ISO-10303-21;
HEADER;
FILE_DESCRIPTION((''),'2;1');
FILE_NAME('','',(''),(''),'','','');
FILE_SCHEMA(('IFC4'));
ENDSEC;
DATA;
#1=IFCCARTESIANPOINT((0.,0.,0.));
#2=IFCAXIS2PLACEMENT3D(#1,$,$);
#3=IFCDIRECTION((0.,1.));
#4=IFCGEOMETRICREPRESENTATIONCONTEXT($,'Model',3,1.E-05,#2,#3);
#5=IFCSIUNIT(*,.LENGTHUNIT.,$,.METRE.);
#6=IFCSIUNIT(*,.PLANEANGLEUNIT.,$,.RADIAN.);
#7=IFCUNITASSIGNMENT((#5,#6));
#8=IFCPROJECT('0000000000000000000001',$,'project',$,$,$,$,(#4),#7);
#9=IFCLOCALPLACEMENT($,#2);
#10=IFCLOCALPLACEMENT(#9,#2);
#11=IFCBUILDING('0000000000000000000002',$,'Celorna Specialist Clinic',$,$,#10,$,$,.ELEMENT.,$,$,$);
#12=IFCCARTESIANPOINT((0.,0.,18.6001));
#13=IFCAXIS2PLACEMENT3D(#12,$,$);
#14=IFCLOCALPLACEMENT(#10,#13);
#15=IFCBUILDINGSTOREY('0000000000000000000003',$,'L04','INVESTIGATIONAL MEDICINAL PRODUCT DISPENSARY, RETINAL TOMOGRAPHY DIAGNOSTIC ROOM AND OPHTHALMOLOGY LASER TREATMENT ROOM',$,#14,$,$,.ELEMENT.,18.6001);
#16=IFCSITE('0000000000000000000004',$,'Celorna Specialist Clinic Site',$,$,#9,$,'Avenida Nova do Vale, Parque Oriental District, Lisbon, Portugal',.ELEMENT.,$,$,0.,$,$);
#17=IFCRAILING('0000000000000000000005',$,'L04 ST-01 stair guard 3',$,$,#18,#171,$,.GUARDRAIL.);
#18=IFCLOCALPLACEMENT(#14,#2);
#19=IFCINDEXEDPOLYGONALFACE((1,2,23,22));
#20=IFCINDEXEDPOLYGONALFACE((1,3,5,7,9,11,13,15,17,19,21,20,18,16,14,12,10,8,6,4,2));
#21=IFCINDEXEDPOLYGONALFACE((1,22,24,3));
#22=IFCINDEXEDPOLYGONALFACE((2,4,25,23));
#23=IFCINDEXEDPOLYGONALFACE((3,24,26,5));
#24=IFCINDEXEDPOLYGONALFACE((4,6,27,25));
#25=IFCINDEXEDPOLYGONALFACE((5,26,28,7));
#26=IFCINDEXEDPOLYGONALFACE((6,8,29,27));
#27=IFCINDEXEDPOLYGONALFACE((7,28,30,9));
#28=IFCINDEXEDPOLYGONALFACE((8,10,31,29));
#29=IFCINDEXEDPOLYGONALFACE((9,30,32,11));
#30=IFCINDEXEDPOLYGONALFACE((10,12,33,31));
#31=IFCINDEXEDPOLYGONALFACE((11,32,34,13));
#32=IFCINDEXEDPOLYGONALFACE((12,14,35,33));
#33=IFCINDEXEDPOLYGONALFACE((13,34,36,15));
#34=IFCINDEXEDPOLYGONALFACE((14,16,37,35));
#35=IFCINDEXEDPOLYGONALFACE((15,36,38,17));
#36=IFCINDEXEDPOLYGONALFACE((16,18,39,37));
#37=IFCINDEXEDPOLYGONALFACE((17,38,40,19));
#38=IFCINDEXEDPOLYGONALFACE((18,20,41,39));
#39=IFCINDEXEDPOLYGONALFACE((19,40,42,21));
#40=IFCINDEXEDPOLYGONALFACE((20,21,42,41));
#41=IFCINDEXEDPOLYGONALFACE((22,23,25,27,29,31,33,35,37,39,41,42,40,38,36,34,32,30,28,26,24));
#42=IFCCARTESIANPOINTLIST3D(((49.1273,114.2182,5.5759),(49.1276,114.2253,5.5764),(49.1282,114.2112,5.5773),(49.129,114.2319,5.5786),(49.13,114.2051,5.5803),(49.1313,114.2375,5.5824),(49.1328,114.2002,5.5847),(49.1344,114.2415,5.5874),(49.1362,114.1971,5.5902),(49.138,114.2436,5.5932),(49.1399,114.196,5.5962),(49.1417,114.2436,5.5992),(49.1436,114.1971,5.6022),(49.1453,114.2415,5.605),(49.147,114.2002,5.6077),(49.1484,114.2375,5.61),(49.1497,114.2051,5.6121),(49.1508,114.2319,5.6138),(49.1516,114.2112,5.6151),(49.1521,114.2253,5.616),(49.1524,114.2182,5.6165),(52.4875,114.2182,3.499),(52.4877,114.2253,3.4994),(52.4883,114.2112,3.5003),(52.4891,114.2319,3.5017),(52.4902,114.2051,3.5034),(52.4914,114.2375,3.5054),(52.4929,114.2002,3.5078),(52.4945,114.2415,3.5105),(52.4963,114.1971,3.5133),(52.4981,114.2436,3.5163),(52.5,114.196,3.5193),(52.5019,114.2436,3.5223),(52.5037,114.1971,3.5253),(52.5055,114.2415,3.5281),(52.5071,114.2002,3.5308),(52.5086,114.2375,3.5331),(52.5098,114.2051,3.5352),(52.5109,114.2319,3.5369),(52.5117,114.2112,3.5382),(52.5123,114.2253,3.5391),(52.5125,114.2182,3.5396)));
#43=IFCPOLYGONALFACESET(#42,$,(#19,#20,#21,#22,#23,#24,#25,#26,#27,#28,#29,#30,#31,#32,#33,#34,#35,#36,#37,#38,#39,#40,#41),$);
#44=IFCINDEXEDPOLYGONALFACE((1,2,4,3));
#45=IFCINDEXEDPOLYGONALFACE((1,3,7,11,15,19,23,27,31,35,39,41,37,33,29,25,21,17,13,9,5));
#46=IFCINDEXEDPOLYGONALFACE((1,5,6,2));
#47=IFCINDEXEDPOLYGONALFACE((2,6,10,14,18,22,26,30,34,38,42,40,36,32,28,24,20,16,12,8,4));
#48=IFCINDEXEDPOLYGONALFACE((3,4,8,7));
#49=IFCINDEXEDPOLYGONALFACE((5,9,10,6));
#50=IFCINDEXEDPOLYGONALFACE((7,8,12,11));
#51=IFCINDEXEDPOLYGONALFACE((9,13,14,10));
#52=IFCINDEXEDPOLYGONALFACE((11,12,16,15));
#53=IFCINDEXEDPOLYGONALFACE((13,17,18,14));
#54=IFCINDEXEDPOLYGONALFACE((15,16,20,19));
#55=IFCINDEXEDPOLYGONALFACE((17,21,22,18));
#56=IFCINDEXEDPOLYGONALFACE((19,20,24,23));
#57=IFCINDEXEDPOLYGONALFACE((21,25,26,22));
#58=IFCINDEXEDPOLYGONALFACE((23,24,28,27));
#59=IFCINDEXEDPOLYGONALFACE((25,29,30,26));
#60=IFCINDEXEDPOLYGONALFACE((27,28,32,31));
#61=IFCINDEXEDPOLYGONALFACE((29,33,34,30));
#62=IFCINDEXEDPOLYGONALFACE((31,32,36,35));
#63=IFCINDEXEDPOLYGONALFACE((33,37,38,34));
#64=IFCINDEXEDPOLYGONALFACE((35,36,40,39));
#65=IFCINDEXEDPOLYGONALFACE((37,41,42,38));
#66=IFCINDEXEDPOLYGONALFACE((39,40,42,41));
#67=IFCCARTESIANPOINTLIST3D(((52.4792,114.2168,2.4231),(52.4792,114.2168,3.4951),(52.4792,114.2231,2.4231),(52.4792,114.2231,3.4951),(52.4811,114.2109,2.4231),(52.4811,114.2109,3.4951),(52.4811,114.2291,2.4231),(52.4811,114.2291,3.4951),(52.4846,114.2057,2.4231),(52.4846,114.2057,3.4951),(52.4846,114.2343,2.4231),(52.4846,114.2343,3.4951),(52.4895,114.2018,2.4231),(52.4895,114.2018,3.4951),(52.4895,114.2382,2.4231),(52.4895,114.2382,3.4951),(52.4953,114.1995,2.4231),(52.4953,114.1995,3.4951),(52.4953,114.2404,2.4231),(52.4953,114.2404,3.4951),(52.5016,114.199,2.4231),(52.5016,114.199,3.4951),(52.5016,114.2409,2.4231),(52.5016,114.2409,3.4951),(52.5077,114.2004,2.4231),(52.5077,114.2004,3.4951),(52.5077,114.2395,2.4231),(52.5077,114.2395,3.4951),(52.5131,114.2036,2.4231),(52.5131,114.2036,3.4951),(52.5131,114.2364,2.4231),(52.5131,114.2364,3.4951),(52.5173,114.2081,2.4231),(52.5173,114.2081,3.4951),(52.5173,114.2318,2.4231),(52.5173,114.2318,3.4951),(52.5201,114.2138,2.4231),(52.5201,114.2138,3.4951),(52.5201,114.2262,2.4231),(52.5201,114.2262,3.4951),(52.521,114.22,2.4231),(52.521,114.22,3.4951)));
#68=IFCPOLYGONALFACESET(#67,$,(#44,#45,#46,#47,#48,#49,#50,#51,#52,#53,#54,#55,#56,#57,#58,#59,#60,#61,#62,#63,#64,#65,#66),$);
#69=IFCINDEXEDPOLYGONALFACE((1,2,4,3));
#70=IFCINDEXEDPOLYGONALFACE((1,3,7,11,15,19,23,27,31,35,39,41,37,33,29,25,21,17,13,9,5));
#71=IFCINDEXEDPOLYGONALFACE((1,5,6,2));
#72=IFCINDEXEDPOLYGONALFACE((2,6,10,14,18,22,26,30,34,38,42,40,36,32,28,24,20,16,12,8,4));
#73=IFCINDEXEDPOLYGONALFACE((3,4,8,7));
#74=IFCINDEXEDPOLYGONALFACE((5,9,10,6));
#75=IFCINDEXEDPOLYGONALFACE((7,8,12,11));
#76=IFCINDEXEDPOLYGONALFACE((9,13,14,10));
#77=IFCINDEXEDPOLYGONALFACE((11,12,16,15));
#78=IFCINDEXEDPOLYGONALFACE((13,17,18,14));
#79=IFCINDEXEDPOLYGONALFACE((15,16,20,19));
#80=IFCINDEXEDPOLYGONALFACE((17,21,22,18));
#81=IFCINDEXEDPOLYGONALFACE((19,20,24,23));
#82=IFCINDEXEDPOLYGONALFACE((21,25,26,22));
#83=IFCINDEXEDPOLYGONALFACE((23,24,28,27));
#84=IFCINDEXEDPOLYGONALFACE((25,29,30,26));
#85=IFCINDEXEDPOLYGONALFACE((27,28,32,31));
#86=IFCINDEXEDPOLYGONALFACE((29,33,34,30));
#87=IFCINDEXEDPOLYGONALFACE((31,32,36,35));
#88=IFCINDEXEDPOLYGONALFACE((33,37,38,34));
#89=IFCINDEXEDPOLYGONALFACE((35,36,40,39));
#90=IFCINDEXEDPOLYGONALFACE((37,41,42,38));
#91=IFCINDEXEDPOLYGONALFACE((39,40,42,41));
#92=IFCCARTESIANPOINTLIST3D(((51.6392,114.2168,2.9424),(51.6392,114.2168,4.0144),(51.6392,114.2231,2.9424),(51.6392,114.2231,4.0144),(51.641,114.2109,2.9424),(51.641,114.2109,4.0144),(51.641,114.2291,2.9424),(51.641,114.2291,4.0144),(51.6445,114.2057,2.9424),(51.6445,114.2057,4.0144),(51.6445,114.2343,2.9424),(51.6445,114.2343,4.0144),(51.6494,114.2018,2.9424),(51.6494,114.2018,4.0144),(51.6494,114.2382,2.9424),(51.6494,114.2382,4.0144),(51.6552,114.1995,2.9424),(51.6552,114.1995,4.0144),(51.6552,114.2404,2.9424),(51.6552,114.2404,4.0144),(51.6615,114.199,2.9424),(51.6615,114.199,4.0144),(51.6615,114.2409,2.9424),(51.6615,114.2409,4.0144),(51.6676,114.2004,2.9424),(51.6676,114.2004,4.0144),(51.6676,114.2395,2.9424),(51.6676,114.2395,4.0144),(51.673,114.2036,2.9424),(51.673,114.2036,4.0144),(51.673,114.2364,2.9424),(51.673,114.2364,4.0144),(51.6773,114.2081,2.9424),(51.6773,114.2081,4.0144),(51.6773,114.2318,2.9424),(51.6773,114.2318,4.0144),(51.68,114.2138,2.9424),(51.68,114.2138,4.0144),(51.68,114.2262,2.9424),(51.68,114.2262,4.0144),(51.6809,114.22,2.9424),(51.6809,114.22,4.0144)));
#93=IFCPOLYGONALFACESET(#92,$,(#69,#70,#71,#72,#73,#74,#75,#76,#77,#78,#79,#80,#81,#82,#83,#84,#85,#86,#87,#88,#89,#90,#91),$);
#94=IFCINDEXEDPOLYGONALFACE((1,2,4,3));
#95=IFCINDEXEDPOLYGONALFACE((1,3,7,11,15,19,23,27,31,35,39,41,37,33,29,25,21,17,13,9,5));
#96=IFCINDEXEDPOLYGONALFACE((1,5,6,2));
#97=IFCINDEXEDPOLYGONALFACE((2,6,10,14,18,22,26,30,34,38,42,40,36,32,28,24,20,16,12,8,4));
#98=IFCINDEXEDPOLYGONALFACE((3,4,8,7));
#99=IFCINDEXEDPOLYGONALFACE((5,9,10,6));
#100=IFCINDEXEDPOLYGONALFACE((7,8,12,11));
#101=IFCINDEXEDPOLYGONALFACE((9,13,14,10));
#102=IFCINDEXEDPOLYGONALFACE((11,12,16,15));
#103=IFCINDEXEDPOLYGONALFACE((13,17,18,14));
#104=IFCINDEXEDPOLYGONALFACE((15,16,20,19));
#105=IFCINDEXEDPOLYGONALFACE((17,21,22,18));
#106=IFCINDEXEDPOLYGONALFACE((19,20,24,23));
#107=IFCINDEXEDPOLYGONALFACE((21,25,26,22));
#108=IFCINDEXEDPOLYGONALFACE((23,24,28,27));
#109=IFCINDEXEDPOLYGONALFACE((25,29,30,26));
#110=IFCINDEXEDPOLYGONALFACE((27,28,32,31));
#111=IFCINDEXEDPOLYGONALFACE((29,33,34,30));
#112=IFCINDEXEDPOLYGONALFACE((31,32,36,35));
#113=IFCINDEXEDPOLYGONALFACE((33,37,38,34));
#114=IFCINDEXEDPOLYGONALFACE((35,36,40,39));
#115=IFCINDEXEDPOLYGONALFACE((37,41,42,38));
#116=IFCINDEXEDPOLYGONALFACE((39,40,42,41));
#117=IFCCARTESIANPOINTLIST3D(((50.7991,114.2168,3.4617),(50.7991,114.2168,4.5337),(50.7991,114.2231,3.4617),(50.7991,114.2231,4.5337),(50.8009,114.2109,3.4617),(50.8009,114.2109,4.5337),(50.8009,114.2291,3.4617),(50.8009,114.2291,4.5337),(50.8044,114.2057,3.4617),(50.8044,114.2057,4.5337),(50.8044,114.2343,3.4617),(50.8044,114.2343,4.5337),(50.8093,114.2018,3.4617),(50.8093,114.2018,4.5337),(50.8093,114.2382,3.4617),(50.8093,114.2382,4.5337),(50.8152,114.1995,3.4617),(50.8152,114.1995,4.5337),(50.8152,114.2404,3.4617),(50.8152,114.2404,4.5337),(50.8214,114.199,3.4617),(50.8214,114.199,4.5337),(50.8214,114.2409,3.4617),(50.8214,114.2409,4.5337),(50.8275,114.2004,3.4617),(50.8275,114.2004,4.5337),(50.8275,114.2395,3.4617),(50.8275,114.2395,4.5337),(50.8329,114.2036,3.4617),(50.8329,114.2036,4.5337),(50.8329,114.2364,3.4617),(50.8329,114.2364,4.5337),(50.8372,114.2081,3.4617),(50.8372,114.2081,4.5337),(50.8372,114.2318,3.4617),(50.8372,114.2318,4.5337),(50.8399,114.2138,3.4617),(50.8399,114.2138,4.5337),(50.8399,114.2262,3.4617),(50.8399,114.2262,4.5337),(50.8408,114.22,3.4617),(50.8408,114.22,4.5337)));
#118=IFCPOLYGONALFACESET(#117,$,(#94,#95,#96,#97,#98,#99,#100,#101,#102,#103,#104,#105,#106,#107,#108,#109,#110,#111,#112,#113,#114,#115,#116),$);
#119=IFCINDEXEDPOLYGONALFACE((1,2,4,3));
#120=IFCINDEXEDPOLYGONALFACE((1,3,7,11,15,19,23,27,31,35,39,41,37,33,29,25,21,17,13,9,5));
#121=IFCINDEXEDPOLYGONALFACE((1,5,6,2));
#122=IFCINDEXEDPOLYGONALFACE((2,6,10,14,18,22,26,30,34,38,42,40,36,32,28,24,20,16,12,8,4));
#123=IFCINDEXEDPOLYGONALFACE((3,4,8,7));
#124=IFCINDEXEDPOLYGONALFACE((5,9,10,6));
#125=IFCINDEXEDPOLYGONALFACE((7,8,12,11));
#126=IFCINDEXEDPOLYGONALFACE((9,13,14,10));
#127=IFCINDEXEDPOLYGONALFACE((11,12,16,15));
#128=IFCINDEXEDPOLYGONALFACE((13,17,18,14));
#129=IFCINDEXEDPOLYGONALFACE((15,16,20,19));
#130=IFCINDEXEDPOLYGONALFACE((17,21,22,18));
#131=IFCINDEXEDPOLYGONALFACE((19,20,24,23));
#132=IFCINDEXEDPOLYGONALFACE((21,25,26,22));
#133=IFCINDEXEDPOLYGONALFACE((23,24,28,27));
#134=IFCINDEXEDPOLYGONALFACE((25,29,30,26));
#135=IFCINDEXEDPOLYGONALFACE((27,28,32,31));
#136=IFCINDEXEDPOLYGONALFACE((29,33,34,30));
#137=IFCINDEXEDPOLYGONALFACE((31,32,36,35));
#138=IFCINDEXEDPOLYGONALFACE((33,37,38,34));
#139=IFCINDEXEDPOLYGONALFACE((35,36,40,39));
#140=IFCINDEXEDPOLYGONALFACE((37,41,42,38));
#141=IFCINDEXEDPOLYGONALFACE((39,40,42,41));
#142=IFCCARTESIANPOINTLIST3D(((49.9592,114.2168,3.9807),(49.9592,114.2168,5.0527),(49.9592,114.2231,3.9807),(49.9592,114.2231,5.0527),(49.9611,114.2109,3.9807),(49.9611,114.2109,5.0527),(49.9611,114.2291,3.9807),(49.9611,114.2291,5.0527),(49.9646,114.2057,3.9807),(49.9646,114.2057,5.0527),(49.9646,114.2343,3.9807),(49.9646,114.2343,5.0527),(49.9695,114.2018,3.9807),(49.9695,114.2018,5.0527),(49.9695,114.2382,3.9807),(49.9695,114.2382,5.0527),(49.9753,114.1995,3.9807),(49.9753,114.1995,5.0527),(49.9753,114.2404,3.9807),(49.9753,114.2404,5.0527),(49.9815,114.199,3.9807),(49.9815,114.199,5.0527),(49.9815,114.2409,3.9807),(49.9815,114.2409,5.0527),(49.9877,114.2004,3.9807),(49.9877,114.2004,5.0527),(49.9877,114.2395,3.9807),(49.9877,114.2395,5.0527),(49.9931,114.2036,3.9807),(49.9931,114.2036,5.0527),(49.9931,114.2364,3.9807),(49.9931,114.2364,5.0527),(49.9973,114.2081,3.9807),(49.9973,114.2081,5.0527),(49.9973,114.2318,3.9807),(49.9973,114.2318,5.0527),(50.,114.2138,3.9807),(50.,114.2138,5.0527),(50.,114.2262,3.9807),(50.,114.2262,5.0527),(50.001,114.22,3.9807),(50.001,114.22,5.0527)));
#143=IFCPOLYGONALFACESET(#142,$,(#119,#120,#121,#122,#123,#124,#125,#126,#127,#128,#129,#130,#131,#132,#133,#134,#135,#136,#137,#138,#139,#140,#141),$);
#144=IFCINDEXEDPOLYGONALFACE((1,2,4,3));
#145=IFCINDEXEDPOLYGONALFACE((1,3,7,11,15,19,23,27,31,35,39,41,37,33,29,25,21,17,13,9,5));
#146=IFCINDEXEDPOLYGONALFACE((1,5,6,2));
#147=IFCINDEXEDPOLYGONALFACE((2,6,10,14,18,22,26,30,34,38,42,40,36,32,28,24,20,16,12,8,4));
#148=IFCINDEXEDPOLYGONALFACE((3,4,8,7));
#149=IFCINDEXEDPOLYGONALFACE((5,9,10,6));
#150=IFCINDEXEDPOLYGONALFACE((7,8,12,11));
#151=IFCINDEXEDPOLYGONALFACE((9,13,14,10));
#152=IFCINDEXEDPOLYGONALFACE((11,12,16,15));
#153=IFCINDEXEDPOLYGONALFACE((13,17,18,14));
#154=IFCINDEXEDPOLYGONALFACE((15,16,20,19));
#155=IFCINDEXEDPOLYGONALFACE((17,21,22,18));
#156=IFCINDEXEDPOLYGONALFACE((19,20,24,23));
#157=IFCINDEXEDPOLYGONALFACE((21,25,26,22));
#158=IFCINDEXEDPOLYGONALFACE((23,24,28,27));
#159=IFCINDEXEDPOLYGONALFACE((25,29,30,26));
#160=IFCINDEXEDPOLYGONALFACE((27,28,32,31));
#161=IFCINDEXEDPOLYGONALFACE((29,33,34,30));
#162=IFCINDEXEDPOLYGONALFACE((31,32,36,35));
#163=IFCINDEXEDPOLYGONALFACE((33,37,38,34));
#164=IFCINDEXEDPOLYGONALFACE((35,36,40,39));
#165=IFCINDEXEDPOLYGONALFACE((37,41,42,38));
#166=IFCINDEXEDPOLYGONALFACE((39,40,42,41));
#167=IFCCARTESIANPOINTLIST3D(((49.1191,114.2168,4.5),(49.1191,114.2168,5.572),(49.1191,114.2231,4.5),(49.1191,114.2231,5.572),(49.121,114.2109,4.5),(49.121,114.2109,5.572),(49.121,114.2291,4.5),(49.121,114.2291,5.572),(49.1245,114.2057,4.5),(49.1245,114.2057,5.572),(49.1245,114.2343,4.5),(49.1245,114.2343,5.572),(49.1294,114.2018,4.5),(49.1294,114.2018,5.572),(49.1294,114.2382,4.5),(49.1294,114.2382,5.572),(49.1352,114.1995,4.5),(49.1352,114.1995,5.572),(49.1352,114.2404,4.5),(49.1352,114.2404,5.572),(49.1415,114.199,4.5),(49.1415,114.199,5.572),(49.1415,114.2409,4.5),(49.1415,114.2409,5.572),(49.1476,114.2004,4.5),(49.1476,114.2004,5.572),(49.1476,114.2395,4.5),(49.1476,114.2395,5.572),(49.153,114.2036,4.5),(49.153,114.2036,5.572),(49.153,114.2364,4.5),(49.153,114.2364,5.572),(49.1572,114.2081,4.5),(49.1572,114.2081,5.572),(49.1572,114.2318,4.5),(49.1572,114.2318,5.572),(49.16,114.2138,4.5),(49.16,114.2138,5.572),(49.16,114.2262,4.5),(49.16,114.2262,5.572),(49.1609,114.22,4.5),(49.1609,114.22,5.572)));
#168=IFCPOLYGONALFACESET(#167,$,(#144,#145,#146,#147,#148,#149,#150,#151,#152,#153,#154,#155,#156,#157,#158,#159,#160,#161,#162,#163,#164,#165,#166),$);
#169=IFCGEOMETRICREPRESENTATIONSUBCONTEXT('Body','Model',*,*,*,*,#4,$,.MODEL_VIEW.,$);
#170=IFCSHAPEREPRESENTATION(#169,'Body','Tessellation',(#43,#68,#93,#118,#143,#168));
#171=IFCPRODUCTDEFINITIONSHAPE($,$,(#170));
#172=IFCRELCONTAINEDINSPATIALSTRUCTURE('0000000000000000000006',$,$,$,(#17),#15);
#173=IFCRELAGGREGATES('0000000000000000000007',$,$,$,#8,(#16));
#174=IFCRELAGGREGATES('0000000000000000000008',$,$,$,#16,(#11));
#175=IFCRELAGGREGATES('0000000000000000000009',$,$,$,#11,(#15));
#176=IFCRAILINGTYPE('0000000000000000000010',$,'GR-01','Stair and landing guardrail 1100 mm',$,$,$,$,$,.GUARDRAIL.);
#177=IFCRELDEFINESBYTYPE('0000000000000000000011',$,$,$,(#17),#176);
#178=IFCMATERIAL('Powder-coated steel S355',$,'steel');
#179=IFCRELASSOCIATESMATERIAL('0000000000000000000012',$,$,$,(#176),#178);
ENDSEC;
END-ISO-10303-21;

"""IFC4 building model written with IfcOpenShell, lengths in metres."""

from ifc_helpers import new_model, si_unit, direction, frame, origin, origin_2d, place, context, subcontext, project, spatial, circle, extrude, material, type_object, element, save


model = new_model("IFC4")

# Units and contexts
model_context = context("Model", 3, precision=1e-05, world=origin(), true_north=direction((0.0, 1.0)))
body_context = subcontext(model_context, "Body", "Model", "MODEL_VIEW")
ifc_project = project(units=[si_unit("LENGTHUNIT", "METRE"), si_unit("PLANEANGLEUNIT", "RADIAN")], contexts=[model_context])

# Site, building, storey
site_placement = place(None, origin())
site = spatial("IfcSite", under=ifc_project, at=site_placement, Name="Celorna Specialist Clinic Site", LongName="Avenida Nova do Vale, Parque Oriental District, Lisbon, Portugal", CompositionType="ELEMENT", RefElevation=0.0)
building_placement = place(site_placement, origin())
building = spatial("IfcBuilding", under=site, at=building_placement, Name="Celorna Specialist Clinic", CompositionType="ELEMENT")
storey_placement = place(building_placement, frame((0.0, 0.0, 18.6001)))
storey = spatial("IfcBuildingStorey", under=building, at=storey_placement, Name="L04", Description="INVESTIGATIONAL MEDICINAL PRODUCT DISPENSARY, RETINAL TOMOGRAPHY DIAGNOSTIC ROOM AND OPHTHALMOLOGY LASER TREATMENT ROOM", CompositionType="ELEMENT", Elevation=18.6001)

# Railing
ifc_material_1 = material(Name="Powder-coated steel S355", Category="steel")
railing_type_1 = type_object("IfcRailingType", Name="GR-01", Description="Stair and landing guardrail 1100 mm", PredefinedType="GUARDRAIL", material=ifc_material_1)
railing_1_placement = place(storey_placement, frame((52.5, 114.22, 2.4231)))
element("IfcRailing", 1, at=railing_1_placement, inside=storey, type_object=railing_type_1, Name="L04 ST-01 stair guard 3", PredefinedType="GUARDRAIL", context=body_context, shape_type="SweptSolid", body=[
    extrude(circle(Radius=0.0239, at=origin_2d()), frame((0.0, 0.0, 1.0962), z_axis=(-0.850623, 0.0, 0.525776), x_axis=(0.0, -1.0, 0.0)), (0.0, 0.0, 1.0), 3.9502),
    extrude(circle(Radius=0.021, at=origin_2d()), origin(), (0.0, 0.0, 1.0), 1.072),
    extrude(circle(Radius=0.021, at=origin_2d()), frame((-0.8401, 0.0, 0.5193)), (0.0, 0.0, 1.0), 1.072),
    extrude(circle(Radius=0.021, at=origin_2d()), frame((-1.6802, 0.0, 1.0386)), (0.0, 0.0, 1.0), 1.072),
    extrude(circle(Radius=0.021, at=origin_2d()), frame((-2.52, 0.0, 1.5576)), (0.0, 0.0, 1.0), 1.072),
    extrude(circle(Radius=0.021, at=origin_2d()), frame((-3.3601, 0.0, 2.0769)), (0.0, 0.0, 1.0), 1.072),
])

save(model, "model.ifc")
